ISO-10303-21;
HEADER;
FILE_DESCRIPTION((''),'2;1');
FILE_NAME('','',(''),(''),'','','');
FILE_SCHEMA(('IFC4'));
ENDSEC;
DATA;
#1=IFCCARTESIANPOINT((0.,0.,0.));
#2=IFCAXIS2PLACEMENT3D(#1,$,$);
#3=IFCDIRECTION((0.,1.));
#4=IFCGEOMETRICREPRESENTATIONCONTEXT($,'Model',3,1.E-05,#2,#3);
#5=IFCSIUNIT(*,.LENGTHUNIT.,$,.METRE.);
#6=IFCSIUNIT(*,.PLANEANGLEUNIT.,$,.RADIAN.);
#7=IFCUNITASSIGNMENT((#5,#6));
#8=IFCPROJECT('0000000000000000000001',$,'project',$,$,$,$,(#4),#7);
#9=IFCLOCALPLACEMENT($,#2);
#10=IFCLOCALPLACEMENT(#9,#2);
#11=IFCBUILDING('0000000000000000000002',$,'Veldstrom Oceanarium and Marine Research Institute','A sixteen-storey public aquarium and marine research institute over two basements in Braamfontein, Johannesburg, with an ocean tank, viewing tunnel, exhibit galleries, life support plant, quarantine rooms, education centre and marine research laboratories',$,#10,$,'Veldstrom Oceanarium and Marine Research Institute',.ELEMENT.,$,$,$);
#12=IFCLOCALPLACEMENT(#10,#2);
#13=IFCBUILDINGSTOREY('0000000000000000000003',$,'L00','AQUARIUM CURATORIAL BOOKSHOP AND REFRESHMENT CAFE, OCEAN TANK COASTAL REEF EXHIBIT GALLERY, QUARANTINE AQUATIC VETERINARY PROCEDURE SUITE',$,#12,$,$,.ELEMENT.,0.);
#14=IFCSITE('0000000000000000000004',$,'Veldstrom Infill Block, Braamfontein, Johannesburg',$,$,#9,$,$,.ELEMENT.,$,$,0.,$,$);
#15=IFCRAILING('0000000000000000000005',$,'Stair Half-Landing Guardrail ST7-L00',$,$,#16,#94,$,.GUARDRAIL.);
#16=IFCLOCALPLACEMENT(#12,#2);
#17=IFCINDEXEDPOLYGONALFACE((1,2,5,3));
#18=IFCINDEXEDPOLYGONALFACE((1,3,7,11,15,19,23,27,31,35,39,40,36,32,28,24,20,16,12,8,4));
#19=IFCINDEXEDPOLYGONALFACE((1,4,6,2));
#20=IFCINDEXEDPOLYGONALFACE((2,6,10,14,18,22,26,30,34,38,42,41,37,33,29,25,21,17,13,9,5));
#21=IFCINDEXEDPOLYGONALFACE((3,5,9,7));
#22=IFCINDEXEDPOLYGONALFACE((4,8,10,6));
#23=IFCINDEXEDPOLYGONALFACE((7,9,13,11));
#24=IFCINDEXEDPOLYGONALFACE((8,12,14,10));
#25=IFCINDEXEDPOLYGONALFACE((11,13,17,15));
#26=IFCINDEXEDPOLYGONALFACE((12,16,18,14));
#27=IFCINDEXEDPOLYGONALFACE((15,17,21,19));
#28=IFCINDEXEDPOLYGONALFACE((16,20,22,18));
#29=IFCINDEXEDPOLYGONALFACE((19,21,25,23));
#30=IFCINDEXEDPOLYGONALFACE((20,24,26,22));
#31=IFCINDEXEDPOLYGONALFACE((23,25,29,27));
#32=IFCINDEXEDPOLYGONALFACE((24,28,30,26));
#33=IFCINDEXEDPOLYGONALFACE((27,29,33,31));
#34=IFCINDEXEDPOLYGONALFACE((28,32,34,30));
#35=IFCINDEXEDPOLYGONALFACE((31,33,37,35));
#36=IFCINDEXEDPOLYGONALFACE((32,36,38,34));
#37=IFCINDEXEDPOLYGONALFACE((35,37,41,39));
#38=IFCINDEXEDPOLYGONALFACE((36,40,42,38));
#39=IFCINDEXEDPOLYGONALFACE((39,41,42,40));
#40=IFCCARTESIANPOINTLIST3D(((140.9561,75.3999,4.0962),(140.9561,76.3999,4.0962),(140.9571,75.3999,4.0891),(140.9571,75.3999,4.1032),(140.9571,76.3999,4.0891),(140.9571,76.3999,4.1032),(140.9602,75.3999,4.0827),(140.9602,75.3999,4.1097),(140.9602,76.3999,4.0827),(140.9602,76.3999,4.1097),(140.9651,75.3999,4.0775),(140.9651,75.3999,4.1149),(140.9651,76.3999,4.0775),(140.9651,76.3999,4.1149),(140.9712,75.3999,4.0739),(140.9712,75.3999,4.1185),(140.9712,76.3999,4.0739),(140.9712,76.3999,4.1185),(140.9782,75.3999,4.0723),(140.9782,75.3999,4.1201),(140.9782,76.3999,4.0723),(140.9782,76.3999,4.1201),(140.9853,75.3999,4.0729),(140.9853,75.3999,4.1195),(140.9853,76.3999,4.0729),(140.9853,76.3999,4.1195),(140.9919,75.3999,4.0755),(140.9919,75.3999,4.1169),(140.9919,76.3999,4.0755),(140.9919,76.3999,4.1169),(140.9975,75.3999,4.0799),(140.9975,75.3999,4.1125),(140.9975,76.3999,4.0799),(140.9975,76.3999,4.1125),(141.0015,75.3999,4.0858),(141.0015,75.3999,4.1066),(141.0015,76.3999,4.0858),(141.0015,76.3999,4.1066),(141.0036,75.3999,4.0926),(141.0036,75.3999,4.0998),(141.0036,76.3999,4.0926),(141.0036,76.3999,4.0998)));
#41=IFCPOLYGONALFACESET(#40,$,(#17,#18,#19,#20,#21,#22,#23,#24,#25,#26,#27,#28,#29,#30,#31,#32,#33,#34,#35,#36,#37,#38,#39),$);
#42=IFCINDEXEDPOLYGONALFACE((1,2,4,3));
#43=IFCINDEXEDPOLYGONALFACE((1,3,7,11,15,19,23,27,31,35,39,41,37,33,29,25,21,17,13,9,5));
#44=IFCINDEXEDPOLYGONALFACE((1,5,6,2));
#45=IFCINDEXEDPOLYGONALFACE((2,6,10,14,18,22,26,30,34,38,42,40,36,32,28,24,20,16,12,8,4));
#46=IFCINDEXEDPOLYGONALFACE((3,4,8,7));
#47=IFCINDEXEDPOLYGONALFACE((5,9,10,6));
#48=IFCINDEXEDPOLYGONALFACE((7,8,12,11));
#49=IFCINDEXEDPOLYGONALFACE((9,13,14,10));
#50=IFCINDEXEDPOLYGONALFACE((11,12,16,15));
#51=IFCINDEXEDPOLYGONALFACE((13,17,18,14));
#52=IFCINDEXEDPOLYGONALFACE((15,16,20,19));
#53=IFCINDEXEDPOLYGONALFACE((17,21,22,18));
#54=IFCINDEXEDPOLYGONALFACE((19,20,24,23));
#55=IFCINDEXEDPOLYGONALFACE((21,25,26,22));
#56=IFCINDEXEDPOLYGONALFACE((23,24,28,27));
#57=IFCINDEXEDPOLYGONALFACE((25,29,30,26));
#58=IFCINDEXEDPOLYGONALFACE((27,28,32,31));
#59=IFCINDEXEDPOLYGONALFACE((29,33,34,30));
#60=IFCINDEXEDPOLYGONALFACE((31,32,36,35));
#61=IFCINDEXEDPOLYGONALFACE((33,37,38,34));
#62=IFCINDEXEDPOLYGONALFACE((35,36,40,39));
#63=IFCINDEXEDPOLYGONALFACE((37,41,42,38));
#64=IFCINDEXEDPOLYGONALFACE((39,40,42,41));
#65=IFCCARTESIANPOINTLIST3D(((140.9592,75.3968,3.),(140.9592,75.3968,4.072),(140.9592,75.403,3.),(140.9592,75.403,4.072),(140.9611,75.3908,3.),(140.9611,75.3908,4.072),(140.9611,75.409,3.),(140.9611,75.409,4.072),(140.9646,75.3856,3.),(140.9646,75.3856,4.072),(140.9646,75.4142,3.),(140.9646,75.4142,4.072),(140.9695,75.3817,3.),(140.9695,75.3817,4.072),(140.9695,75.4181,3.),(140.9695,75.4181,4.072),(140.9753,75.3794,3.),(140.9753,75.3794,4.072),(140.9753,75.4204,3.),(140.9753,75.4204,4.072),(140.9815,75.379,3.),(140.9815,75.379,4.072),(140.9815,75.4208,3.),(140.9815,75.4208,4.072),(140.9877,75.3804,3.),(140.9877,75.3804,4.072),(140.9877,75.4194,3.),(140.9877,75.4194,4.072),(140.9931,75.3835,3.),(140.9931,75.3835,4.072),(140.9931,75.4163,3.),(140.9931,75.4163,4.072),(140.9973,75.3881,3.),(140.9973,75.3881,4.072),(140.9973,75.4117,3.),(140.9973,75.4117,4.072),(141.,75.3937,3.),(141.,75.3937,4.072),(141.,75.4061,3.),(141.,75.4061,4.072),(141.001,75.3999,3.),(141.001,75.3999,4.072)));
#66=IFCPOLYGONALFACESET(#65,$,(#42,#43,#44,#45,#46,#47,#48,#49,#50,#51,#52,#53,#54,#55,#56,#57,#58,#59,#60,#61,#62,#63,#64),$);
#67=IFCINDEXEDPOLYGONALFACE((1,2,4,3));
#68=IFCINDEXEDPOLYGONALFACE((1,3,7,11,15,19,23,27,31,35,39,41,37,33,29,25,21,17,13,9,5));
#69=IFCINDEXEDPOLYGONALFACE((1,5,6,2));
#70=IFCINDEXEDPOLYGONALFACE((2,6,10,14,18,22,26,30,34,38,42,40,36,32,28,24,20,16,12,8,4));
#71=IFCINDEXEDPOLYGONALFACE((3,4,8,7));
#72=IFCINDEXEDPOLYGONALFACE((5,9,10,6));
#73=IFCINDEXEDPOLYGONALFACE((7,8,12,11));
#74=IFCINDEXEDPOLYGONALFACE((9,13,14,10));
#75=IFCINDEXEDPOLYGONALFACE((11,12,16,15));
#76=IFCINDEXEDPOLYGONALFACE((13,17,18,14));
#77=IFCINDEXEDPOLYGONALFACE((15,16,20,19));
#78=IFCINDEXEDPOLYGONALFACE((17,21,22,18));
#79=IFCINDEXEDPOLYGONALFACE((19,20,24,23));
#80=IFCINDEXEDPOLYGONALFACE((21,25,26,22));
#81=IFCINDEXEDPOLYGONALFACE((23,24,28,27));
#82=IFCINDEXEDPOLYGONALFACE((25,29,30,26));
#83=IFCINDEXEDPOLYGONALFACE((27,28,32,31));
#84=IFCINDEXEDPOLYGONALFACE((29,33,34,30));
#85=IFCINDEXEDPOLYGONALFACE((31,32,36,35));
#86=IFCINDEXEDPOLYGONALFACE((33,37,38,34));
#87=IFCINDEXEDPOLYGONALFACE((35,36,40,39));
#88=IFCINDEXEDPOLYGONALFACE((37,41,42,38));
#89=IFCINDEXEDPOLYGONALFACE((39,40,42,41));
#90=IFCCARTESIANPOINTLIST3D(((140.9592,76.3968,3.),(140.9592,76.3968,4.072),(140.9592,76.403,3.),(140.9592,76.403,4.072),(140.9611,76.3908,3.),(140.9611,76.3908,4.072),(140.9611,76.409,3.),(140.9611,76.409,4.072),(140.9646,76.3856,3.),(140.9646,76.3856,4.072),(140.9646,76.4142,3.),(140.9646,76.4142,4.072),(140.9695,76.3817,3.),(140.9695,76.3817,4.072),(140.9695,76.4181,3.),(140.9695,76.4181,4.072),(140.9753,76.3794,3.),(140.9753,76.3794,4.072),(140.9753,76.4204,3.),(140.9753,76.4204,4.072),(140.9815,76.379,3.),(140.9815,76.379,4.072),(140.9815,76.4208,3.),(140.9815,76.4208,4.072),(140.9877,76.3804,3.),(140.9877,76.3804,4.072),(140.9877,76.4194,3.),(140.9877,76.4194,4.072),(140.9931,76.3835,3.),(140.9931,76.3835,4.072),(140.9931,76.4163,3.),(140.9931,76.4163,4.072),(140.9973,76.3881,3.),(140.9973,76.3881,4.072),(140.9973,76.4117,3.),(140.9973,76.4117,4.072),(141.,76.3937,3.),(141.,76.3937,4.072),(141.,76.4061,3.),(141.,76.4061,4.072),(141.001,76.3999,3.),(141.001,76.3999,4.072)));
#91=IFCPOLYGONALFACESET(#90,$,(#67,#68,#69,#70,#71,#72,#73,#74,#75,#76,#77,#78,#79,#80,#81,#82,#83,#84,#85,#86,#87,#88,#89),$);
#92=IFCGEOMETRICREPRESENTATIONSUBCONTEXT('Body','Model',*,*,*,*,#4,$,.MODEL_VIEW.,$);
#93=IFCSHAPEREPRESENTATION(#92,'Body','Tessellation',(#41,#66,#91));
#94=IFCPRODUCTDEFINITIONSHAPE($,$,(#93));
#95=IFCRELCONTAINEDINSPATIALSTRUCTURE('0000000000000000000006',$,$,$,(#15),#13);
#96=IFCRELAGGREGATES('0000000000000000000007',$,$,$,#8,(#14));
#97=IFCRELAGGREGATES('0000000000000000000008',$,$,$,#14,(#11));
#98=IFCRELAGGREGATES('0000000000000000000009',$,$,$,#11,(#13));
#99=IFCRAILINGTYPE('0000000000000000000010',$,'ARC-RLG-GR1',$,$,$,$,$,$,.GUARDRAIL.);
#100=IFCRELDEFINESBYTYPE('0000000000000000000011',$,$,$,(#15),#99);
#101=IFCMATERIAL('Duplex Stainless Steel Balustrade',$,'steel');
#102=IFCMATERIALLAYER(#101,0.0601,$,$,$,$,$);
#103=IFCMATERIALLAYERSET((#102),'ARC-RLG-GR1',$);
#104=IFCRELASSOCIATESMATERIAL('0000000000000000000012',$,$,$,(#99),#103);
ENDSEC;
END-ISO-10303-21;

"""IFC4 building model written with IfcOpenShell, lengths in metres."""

from ifc_helpers import new_model, si_unit, direction, frame, origin, origin_2d, place, context, subcontext, project, spatial, circle, extrude, material, layer, layer_set, type_object, element, save


model = new_model("IFC4")

# Units and contexts
model_context = context("Model", 3, precision=1e-05, world=origin(), true_north=direction((0.0, 1.0)))
body_context = subcontext(model_context, "Body", "Model", "MODEL_VIEW")
ifc_project = project(units=[si_unit("LENGTHUNIT", "METRE"), si_unit("PLANEANGLEUNIT", "RADIAN")], contexts=[model_context])

# Site, building, storey
site_placement = place(None, origin())
site = spatial("IfcSite", under=ifc_project, at=site_placement, Name="Veldstrom Infill Block, Braamfontein, Johannesburg", CompositionType="ELEMENT", RefElevation=0.0)
building_placement = place(site_placement, origin())
building = spatial("IfcBuilding", under=site, at=building_placement, Name="Veldstrom Oceanarium and Marine Research Institute", Description="A sixteen-storey public aquarium and marine research institute over two basements in Braamfontein, Johannesburg, with an ocean tank, viewing tunnel, exhibit galleries, life support plant, quarantine rooms, education centre and marine research laboratories", LongName="Veldstrom Oceanarium and Marine Research Institute", CompositionType="ELEMENT")
storey_placement = place(building_placement, origin())
storey = spatial("IfcBuildingStorey", under=building, at=storey_placement, Name="L00", Description="AQUARIUM CURATORIAL BOOKSHOP AND REFRESHMENT CAFE, OCEAN TANK COASTAL REEF EXHIBIT GALLERY, QUARANTINE AQUATIC VETERINARY PROCEDURE SUITE", CompositionType="ELEMENT", Elevation=0.0)

# Railing
ifc_material_1 = material(Name="Duplex Stainless Steel Balustrade", Category="steel")
ifc_layer_1 = layer(ifc_material_1, 0.0601)
ifc_layer_set_1 = layer_set([ifc_layer_1], Name="ARC-RLG-GR1")
railing_type_1 = type_object("IfcRailingType", Name="ARC-RLG-GR1", PredefinedType="GUARDRAIL", material=ifc_layer_set_1)
railing_1_placement = place(storey_placement, frame((140.98, 75.3999, 3.0)))
element("IfcRailing", 1, at=railing_1_placement, inside=storey, type_object=railing_type_1, Name="Stair Half-Landing Guardrail ST7-L00", PredefinedType="GUARDRAIL", context=body_context, shape_type="SweptSolid", body=[
    extrude(circle(Radius=0.0239, at=origin_2d()), frame((0.0, 0.0, 1.0962), z_axis=(0.0, 1.0, 0.0), x_axis=(-1.0, 0.0, 0.0)), (0.0, 0.0, 1.0), 1.0),
    extrude(circle(Radius=0.021, at=origin_2d()), origin(), (0.0, 0.0, 1.0), 1.072),
    extrude(circle(Radius=0.021, at=origin_2d()), frame((0.0, 1.0, 0.0)), (0.0, 0.0, 1.0), 1.072),
])

save(model, "model.ifc")
